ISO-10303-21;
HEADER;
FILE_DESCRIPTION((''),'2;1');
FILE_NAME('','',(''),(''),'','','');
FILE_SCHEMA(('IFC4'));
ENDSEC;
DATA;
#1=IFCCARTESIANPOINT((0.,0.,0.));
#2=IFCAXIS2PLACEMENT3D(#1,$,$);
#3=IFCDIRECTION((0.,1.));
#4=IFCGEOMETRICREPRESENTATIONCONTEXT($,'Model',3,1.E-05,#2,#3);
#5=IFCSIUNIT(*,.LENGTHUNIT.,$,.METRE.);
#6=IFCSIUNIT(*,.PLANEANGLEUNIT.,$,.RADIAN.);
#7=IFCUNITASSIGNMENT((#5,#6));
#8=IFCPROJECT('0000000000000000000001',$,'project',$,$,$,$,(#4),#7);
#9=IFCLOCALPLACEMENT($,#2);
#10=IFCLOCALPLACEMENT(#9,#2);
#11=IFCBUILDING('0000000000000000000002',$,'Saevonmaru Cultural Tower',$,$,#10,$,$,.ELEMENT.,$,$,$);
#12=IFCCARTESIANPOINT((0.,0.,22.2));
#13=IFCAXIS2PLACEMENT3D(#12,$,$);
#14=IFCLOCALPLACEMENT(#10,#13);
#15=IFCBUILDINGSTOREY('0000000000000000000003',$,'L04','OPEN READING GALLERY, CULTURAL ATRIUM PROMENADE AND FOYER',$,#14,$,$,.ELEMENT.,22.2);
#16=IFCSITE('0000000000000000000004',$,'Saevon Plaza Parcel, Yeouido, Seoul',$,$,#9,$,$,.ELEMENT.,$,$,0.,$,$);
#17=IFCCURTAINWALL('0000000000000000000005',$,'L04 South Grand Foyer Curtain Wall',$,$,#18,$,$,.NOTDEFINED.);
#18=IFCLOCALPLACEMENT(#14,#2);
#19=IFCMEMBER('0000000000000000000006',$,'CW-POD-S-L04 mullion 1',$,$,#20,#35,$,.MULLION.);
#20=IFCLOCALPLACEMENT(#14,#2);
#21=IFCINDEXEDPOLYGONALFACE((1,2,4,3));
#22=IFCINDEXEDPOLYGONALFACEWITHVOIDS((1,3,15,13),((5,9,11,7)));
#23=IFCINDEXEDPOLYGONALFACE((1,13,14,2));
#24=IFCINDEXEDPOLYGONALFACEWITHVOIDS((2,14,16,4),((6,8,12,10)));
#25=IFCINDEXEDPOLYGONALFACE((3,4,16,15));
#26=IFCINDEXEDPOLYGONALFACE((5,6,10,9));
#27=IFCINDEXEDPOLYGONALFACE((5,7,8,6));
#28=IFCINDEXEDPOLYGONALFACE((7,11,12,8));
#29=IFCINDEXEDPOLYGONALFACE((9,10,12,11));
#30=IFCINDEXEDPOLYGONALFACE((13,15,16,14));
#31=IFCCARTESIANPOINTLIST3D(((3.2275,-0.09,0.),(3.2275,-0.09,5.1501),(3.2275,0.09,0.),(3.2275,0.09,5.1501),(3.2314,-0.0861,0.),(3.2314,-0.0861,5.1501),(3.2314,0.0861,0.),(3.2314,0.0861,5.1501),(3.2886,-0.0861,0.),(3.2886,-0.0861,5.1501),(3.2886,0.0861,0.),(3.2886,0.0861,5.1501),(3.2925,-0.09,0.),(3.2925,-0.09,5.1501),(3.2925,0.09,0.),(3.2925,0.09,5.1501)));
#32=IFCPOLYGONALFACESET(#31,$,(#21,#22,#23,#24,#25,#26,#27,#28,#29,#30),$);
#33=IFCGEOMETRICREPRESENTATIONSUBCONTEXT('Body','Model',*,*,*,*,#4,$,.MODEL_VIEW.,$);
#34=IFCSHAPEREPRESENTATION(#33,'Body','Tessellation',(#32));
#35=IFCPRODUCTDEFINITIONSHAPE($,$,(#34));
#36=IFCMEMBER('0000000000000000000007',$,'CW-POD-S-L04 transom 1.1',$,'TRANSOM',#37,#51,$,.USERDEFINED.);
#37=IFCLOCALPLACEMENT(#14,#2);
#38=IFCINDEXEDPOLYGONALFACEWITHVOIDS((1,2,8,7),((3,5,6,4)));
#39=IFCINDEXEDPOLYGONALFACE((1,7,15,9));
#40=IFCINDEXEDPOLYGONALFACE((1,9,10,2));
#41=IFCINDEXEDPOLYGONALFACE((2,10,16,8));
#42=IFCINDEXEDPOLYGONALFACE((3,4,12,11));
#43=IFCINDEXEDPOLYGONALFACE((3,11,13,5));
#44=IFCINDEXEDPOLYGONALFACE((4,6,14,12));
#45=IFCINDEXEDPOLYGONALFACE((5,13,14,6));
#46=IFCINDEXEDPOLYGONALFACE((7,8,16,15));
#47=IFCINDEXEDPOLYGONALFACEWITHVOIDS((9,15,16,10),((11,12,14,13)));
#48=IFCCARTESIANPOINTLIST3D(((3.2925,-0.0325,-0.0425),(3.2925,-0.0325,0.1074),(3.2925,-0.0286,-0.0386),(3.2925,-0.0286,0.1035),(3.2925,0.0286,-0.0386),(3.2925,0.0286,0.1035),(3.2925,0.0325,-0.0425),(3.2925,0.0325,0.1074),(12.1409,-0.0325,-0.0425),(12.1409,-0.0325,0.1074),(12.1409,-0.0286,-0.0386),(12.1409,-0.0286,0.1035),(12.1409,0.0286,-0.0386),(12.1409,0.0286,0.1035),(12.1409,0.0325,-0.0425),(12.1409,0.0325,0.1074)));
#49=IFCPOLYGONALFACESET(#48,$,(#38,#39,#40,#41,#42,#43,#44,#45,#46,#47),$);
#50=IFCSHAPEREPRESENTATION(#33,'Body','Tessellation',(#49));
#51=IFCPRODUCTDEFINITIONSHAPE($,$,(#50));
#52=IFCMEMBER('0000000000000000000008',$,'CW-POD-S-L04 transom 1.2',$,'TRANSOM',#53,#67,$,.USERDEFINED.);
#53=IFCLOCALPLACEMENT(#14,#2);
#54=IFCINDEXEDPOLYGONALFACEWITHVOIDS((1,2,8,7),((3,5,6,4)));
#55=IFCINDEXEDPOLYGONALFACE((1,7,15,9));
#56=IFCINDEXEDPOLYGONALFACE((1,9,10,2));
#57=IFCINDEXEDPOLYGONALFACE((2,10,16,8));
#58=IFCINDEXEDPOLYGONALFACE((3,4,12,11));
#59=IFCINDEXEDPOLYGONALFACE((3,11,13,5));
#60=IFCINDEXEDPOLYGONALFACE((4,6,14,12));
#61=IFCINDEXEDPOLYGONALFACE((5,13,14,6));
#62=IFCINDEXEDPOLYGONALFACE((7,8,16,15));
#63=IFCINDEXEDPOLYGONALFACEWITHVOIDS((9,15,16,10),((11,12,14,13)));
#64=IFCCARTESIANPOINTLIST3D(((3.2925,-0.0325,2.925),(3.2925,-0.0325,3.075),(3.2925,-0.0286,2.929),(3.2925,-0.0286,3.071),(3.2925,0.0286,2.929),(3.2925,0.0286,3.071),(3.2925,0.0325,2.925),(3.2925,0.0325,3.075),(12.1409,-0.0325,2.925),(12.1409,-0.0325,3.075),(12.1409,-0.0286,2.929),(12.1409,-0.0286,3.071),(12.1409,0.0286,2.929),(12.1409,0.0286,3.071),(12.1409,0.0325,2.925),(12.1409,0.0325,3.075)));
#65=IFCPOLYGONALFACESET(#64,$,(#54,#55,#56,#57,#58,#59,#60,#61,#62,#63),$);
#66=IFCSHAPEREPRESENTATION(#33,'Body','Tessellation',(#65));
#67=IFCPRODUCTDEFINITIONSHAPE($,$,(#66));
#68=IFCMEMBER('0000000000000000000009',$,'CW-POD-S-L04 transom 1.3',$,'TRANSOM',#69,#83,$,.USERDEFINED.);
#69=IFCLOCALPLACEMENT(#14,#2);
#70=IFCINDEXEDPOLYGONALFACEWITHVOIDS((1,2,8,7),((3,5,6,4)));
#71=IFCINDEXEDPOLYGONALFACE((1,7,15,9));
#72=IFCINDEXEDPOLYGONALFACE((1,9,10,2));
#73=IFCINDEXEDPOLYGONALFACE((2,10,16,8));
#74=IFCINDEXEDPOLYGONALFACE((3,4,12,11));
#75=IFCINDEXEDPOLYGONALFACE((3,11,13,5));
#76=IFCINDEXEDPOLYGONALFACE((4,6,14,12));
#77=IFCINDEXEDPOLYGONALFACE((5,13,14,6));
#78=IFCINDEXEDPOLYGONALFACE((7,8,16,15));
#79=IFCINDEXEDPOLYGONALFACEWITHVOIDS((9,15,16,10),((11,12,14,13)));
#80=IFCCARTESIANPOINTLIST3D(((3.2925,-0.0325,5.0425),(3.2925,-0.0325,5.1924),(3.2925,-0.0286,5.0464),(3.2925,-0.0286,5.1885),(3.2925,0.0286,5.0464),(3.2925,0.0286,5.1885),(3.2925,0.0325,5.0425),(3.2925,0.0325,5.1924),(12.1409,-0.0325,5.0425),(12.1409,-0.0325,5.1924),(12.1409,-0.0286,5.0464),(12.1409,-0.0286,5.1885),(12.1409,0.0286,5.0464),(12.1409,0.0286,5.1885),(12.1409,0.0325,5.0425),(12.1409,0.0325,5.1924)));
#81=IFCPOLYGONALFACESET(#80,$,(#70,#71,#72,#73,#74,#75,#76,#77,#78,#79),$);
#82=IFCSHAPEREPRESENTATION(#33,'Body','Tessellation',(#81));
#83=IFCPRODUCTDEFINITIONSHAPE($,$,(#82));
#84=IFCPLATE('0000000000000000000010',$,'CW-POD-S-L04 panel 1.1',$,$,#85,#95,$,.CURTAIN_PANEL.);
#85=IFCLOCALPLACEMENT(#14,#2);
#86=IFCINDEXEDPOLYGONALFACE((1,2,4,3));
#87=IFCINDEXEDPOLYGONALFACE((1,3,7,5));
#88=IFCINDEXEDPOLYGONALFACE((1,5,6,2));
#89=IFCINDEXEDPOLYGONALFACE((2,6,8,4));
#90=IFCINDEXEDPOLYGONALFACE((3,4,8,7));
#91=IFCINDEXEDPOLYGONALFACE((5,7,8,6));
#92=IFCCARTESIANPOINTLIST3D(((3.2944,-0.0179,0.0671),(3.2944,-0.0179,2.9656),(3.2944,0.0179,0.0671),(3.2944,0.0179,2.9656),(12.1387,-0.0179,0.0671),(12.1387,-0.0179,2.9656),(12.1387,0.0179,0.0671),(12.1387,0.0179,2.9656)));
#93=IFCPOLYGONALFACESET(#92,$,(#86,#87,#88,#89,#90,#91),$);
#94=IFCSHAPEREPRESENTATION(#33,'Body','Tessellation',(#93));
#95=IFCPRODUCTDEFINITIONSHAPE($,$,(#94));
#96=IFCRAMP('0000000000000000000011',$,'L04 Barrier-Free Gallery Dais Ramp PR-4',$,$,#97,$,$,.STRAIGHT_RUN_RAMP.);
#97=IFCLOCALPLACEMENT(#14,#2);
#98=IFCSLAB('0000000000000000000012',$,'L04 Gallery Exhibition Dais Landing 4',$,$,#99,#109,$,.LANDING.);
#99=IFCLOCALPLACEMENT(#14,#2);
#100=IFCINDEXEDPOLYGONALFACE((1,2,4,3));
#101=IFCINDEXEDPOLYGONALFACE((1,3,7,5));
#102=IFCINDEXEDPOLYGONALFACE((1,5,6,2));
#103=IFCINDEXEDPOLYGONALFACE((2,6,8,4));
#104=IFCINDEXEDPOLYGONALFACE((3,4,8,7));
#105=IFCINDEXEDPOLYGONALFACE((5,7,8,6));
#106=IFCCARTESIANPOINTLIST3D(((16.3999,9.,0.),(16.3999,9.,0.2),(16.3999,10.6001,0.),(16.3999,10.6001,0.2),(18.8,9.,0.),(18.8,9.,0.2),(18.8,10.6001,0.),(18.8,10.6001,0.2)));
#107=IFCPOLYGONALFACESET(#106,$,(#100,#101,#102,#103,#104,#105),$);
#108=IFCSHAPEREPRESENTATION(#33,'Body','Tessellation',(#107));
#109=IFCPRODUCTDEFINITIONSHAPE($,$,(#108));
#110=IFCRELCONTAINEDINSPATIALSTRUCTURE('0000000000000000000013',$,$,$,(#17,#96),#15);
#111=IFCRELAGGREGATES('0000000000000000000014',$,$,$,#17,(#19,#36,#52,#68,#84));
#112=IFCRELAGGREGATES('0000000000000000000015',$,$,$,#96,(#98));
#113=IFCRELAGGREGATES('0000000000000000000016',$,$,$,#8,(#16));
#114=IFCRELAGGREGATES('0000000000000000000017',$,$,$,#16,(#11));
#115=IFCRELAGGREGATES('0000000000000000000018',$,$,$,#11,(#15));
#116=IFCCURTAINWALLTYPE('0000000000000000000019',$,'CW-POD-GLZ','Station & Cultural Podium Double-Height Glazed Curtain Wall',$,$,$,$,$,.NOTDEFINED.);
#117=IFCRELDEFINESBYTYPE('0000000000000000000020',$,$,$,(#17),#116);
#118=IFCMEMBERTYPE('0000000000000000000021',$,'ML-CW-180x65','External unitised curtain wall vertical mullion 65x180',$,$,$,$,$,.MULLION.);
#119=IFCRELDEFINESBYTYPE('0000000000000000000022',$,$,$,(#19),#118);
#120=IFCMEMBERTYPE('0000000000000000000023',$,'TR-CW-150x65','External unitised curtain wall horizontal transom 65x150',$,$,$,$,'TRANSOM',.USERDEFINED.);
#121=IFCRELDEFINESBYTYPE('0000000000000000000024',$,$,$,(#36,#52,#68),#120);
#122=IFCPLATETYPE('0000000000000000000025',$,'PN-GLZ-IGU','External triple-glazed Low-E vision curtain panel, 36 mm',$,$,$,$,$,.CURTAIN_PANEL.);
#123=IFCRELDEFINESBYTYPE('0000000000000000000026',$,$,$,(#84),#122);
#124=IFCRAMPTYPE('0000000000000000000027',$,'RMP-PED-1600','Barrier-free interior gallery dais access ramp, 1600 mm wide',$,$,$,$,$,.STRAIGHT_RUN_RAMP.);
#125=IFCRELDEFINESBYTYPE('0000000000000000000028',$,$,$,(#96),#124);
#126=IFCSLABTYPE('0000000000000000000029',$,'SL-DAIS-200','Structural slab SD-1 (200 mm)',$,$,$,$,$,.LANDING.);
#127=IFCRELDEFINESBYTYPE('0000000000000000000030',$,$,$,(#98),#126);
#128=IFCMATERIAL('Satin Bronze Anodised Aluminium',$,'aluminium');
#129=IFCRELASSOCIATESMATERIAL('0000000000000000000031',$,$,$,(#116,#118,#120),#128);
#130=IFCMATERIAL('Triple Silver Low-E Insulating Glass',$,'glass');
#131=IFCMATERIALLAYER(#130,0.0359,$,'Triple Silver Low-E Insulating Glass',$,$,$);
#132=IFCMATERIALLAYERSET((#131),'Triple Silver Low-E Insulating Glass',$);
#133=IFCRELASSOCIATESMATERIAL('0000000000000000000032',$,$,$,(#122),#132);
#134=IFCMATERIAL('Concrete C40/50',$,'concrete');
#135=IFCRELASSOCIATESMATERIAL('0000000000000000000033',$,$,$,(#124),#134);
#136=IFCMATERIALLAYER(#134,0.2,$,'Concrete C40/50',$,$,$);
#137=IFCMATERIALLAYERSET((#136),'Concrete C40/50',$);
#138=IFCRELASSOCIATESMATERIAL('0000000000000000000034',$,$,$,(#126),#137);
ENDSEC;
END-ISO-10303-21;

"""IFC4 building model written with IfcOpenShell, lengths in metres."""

from ifc_helpers import new_model, si_unit, direction, frame, origin, origin_2d, place, context, subcontext, project, spatial, polyline, rectangle, hollow_rectangle, outline, extrude, material, layer, layer_set, material_profile, profile_set, type_object, element, aggregate, save


model = new_model("IFC4")

# Units and contexts
model_context = context("Model", 3, precision=1e-05, world=origin(), true_north=direction((0.0, 1.0)))
body_context = subcontext(model_context, "Body", "Model", "MODEL_VIEW")
ifc_project = project(units=[si_unit("LENGTHUNIT", "METRE"), si_unit("PLANEANGLEUNIT", "RADIAN")], contexts=[model_context])

# Site, building, storey
site_placement = place(None, origin())
site = spatial("IfcSite", under=ifc_project, at=site_placement, Name="Saevon Plaza Parcel, Yeouido, Seoul", CompositionType="ELEMENT", RefElevation=0.0)
building_placement = place(site_placement, origin())
building = spatial("IfcBuilding", under=site, at=building_placement, Name="Saevonmaru Cultural Tower", CompositionType="ELEMENT")
storey_placement = place(building_placement, frame((0.0, 0.0, 22.2)))
storey = spatial("IfcBuildingStorey", under=building, at=storey_placement, Name="L04", Description="OPEN READING GALLERY, CULTURAL ATRIUM PROMENADE AND FOYER", CompositionType="ELEMENT", Elevation=22.2)

# Curtain wall, members, plate
ifc_material_1 = material(Name="Satin Bronze Anodised Aluminium", Category="aluminium")
curtain_wall_type = type_object("IfcCurtainWallType", Name="CW-POD-GLZ", Description="Station & Cultural Podium Double-Height Glazed Curtain Wall", PredefinedType="NOTDEFINED", material=ifc_material_1)
curtain_wall_placement = place(storey_placement, origin())
curtain_wall = element("IfcCurtainWall", 1, at=curtain_wall_placement, inside=storey, type_object=curtain_wall_type, Name="L04 South Grand Foyer Curtain Wall", PredefinedType="NOTDEFINED")
ifc_material_profile_1 = material_profile(ifc_material_1, hollow_rectangle(XDim=0.0649, YDim=0.1799, WallThickness=0.0039, at=origin_2d()), Name="ALU-MULL-180x65x4")
ifc_profile_set_1 = profile_set([ifc_material_profile_1], Name="Satin Bronze Anodised Aluminium")
member_type_1 = type_object("IfcMemberType", Name="ML-CW-180x65", Description="External unitised curtain wall vertical mullion 65x180", PredefinedType="MULLION", material=ifc_profile_set_1)
member_1_placement = place(storey_placement, frame((3.26, 0.0, 0.0), z_axis=(0.0, 0.0, 1.0), x_axis=(1.0, 0.0, 0.0)))
member_1 = element("IfcMember", 2, at=member_1_placement, type_object=member_type_1, Name="CW-POD-S-L04 mullion 1", PredefinedType="MULLION", context=body_context, shape_type="SweptSolid", body=[
    extrude(hollow_rectangle(XDim=0.0649, YDim=0.1799, WallThickness=0.0039, at=origin_2d()), origin(), (0.0, 0.0, 1.0), 5.1501),
])
ifc_material_profile_2 = material_profile(ifc_material_1, hollow_rectangle(XDim=0.0649, YDim=0.1499, WallThickness=0.0039, at=origin_2d()), Name="ALU-TRAN-150x65x4")
ifc_profile_set_2 = profile_set([ifc_material_profile_2], Name="Satin Bronze Anodised Aluminium")
member_type_2 = type_object("IfcMemberType", Name="TR-CW-150x65", Description="External unitised curtain wall horizontal transom 65x150", ElementType="TRANSOM", PredefinedType="USERDEFINED", material=ifc_profile_set_2)
member_2_placement = place(storey_placement, frame((3.2925, 0.0, 0.0325), z_axis=(1.0, 0.0, 0.0), x_axis=(0.0, 1.0, 0.0)))
member_2 = element("IfcMember", 3, at=member_2_placement, type_object=member_type_2, Name="CW-POD-S-L04 transom 1.1", ObjectType="TRANSOM", PredefinedType="USERDEFINED", context=body_context, shape_type="SweptSolid", body=[
    extrude(hollow_rectangle(XDim=0.0649, YDim=0.1499, WallThickness=0.0039, at=origin_2d()), origin(), (0.0, 0.0, 1.0), 8.8484),
])
member_3_placement = place(storey_placement, frame((3.2925, 0.0, 3.0), z_axis=(1.0, 0.0, 0.0), x_axis=(0.0, 1.0, 0.0)))
member_3 = element("IfcMember", 4, at=member_3_placement, type_object=member_type_2, Name="CW-POD-S-L04 transom 1.2", ObjectType="TRANSOM", PredefinedType="USERDEFINED", context=body_context, shape_type="SweptSolid", body=[
    extrude(hollow_rectangle(XDim=0.0649, YDim=0.1499, WallThickness=0.0039, at=origin_2d()), origin(), (0.0, 0.0, 1.0), 8.8484),
])
member_4_placement = place(storey_placement, frame((3.2925, 0.0, 5.1174), z_axis=(1.0, 0.0, 0.0), x_axis=(0.0, 1.0, 0.0)))
member_4 = element("IfcMember", 5, at=member_4_placement, type_object=member_type_2, Name="CW-POD-S-L04 transom 1.3", ObjectType="TRANSOM", PredefinedType="USERDEFINED", context=body_context, shape_type="SweptSolid", body=[
    extrude(hollow_rectangle(XDim=0.0649, YDim=0.1499, WallThickness=0.0039, at=origin_2d()), origin(), (0.0, 0.0, 1.0), 8.8484),
])
ifc_material_2 = material(Name="Triple Silver Low-E Insulating Glass", Category="glass")
ifc_layer_1 = layer(ifc_material_2, 0.0359, Name="Triple Silver Low-E Insulating Glass")
ifc_layer_set_1 = layer_set([ifc_layer_1], Name="Triple Silver Low-E Insulating Glass")
plate_type = type_object("IfcPlateType", Name="PN-GLZ-IGU", Description="External triple-glazed Low-E vision curtain panel, 36 mm", PredefinedType="CURTAIN_PANEL", material=ifc_layer_set_1)
plate_placement = place(storey_placement, frame((7.7166, 0.0, 0.0671), z_axis=(0.0, 0.0, 1.0), x_axis=(1.0, 0.0, 0.0)))
plate = element("IfcPlate", 6, at=plate_placement, type_object=plate_type, Name="CW-POD-S-L04 panel 1.1", PredefinedType="CURTAIN_PANEL", context=body_context, shape_type="SweptSolid", body=[
    extrude(rectangle(XDim=8.8442, YDim=0.0359, at=origin_2d()), origin(), (0.0, 0.0, 1.0), 2.8984),
])
aggregate(curtain_wall, [member_1, member_2, member_3, member_4, plate])

# Ramp, slab
ifc_material_3 = material(Name="Concrete C40/50", Category="concrete")
ramp_type = type_object("IfcRampType", Name="RMP-PED-1600", Description="Barrier-free interior gallery dais access ramp, 1600 mm wide", PredefinedType="STRAIGHT_RUN_RAMP", material=ifc_material_3)
ramp_placement = place(storey_placement, origin())
ramp = element("IfcRamp", 7, at=ramp_placement, inside=storey, type_object=ramp_type, Name="L04 Barrier-Free Gallery Dais Ramp PR-4", PredefinedType="STRAIGHT_RUN_RAMP")
ifc_layer_2 = layer(ifc_material_3, 0.2, Name="Concrete C40/50")
ifc_layer_set_2 = layer_set([ifc_layer_2], Name="Concrete C40/50")
slab_type_1 = type_object("IfcSlabType", Name="SL-DAIS-200", Description="Structural slab SD-1 (200 mm)", PredefinedType="LANDING", material=ifc_layer_set_2)
slab_1_placement = place(storey_placement, origin())
slab_1 = element("IfcSlab", 8, at=slab_1_placement, type_object=slab_type_1, Name="L04 Gallery Exhibition Dais Landing 4", PredefinedType="LANDING", context=body_context, shape_type="SweptSolid", body=[
    extrude(outline(polyline([(16.3999, 9.0), (18.8, 9.0), (18.8, 10.6001), (16.3999, 10.6001), (16.3999, 9.0)])), origin(), (0.0, 0.0, 1.0), 0.2),
])
aggregate(ramp, [slab_1])

save(model, "model.ifc")
